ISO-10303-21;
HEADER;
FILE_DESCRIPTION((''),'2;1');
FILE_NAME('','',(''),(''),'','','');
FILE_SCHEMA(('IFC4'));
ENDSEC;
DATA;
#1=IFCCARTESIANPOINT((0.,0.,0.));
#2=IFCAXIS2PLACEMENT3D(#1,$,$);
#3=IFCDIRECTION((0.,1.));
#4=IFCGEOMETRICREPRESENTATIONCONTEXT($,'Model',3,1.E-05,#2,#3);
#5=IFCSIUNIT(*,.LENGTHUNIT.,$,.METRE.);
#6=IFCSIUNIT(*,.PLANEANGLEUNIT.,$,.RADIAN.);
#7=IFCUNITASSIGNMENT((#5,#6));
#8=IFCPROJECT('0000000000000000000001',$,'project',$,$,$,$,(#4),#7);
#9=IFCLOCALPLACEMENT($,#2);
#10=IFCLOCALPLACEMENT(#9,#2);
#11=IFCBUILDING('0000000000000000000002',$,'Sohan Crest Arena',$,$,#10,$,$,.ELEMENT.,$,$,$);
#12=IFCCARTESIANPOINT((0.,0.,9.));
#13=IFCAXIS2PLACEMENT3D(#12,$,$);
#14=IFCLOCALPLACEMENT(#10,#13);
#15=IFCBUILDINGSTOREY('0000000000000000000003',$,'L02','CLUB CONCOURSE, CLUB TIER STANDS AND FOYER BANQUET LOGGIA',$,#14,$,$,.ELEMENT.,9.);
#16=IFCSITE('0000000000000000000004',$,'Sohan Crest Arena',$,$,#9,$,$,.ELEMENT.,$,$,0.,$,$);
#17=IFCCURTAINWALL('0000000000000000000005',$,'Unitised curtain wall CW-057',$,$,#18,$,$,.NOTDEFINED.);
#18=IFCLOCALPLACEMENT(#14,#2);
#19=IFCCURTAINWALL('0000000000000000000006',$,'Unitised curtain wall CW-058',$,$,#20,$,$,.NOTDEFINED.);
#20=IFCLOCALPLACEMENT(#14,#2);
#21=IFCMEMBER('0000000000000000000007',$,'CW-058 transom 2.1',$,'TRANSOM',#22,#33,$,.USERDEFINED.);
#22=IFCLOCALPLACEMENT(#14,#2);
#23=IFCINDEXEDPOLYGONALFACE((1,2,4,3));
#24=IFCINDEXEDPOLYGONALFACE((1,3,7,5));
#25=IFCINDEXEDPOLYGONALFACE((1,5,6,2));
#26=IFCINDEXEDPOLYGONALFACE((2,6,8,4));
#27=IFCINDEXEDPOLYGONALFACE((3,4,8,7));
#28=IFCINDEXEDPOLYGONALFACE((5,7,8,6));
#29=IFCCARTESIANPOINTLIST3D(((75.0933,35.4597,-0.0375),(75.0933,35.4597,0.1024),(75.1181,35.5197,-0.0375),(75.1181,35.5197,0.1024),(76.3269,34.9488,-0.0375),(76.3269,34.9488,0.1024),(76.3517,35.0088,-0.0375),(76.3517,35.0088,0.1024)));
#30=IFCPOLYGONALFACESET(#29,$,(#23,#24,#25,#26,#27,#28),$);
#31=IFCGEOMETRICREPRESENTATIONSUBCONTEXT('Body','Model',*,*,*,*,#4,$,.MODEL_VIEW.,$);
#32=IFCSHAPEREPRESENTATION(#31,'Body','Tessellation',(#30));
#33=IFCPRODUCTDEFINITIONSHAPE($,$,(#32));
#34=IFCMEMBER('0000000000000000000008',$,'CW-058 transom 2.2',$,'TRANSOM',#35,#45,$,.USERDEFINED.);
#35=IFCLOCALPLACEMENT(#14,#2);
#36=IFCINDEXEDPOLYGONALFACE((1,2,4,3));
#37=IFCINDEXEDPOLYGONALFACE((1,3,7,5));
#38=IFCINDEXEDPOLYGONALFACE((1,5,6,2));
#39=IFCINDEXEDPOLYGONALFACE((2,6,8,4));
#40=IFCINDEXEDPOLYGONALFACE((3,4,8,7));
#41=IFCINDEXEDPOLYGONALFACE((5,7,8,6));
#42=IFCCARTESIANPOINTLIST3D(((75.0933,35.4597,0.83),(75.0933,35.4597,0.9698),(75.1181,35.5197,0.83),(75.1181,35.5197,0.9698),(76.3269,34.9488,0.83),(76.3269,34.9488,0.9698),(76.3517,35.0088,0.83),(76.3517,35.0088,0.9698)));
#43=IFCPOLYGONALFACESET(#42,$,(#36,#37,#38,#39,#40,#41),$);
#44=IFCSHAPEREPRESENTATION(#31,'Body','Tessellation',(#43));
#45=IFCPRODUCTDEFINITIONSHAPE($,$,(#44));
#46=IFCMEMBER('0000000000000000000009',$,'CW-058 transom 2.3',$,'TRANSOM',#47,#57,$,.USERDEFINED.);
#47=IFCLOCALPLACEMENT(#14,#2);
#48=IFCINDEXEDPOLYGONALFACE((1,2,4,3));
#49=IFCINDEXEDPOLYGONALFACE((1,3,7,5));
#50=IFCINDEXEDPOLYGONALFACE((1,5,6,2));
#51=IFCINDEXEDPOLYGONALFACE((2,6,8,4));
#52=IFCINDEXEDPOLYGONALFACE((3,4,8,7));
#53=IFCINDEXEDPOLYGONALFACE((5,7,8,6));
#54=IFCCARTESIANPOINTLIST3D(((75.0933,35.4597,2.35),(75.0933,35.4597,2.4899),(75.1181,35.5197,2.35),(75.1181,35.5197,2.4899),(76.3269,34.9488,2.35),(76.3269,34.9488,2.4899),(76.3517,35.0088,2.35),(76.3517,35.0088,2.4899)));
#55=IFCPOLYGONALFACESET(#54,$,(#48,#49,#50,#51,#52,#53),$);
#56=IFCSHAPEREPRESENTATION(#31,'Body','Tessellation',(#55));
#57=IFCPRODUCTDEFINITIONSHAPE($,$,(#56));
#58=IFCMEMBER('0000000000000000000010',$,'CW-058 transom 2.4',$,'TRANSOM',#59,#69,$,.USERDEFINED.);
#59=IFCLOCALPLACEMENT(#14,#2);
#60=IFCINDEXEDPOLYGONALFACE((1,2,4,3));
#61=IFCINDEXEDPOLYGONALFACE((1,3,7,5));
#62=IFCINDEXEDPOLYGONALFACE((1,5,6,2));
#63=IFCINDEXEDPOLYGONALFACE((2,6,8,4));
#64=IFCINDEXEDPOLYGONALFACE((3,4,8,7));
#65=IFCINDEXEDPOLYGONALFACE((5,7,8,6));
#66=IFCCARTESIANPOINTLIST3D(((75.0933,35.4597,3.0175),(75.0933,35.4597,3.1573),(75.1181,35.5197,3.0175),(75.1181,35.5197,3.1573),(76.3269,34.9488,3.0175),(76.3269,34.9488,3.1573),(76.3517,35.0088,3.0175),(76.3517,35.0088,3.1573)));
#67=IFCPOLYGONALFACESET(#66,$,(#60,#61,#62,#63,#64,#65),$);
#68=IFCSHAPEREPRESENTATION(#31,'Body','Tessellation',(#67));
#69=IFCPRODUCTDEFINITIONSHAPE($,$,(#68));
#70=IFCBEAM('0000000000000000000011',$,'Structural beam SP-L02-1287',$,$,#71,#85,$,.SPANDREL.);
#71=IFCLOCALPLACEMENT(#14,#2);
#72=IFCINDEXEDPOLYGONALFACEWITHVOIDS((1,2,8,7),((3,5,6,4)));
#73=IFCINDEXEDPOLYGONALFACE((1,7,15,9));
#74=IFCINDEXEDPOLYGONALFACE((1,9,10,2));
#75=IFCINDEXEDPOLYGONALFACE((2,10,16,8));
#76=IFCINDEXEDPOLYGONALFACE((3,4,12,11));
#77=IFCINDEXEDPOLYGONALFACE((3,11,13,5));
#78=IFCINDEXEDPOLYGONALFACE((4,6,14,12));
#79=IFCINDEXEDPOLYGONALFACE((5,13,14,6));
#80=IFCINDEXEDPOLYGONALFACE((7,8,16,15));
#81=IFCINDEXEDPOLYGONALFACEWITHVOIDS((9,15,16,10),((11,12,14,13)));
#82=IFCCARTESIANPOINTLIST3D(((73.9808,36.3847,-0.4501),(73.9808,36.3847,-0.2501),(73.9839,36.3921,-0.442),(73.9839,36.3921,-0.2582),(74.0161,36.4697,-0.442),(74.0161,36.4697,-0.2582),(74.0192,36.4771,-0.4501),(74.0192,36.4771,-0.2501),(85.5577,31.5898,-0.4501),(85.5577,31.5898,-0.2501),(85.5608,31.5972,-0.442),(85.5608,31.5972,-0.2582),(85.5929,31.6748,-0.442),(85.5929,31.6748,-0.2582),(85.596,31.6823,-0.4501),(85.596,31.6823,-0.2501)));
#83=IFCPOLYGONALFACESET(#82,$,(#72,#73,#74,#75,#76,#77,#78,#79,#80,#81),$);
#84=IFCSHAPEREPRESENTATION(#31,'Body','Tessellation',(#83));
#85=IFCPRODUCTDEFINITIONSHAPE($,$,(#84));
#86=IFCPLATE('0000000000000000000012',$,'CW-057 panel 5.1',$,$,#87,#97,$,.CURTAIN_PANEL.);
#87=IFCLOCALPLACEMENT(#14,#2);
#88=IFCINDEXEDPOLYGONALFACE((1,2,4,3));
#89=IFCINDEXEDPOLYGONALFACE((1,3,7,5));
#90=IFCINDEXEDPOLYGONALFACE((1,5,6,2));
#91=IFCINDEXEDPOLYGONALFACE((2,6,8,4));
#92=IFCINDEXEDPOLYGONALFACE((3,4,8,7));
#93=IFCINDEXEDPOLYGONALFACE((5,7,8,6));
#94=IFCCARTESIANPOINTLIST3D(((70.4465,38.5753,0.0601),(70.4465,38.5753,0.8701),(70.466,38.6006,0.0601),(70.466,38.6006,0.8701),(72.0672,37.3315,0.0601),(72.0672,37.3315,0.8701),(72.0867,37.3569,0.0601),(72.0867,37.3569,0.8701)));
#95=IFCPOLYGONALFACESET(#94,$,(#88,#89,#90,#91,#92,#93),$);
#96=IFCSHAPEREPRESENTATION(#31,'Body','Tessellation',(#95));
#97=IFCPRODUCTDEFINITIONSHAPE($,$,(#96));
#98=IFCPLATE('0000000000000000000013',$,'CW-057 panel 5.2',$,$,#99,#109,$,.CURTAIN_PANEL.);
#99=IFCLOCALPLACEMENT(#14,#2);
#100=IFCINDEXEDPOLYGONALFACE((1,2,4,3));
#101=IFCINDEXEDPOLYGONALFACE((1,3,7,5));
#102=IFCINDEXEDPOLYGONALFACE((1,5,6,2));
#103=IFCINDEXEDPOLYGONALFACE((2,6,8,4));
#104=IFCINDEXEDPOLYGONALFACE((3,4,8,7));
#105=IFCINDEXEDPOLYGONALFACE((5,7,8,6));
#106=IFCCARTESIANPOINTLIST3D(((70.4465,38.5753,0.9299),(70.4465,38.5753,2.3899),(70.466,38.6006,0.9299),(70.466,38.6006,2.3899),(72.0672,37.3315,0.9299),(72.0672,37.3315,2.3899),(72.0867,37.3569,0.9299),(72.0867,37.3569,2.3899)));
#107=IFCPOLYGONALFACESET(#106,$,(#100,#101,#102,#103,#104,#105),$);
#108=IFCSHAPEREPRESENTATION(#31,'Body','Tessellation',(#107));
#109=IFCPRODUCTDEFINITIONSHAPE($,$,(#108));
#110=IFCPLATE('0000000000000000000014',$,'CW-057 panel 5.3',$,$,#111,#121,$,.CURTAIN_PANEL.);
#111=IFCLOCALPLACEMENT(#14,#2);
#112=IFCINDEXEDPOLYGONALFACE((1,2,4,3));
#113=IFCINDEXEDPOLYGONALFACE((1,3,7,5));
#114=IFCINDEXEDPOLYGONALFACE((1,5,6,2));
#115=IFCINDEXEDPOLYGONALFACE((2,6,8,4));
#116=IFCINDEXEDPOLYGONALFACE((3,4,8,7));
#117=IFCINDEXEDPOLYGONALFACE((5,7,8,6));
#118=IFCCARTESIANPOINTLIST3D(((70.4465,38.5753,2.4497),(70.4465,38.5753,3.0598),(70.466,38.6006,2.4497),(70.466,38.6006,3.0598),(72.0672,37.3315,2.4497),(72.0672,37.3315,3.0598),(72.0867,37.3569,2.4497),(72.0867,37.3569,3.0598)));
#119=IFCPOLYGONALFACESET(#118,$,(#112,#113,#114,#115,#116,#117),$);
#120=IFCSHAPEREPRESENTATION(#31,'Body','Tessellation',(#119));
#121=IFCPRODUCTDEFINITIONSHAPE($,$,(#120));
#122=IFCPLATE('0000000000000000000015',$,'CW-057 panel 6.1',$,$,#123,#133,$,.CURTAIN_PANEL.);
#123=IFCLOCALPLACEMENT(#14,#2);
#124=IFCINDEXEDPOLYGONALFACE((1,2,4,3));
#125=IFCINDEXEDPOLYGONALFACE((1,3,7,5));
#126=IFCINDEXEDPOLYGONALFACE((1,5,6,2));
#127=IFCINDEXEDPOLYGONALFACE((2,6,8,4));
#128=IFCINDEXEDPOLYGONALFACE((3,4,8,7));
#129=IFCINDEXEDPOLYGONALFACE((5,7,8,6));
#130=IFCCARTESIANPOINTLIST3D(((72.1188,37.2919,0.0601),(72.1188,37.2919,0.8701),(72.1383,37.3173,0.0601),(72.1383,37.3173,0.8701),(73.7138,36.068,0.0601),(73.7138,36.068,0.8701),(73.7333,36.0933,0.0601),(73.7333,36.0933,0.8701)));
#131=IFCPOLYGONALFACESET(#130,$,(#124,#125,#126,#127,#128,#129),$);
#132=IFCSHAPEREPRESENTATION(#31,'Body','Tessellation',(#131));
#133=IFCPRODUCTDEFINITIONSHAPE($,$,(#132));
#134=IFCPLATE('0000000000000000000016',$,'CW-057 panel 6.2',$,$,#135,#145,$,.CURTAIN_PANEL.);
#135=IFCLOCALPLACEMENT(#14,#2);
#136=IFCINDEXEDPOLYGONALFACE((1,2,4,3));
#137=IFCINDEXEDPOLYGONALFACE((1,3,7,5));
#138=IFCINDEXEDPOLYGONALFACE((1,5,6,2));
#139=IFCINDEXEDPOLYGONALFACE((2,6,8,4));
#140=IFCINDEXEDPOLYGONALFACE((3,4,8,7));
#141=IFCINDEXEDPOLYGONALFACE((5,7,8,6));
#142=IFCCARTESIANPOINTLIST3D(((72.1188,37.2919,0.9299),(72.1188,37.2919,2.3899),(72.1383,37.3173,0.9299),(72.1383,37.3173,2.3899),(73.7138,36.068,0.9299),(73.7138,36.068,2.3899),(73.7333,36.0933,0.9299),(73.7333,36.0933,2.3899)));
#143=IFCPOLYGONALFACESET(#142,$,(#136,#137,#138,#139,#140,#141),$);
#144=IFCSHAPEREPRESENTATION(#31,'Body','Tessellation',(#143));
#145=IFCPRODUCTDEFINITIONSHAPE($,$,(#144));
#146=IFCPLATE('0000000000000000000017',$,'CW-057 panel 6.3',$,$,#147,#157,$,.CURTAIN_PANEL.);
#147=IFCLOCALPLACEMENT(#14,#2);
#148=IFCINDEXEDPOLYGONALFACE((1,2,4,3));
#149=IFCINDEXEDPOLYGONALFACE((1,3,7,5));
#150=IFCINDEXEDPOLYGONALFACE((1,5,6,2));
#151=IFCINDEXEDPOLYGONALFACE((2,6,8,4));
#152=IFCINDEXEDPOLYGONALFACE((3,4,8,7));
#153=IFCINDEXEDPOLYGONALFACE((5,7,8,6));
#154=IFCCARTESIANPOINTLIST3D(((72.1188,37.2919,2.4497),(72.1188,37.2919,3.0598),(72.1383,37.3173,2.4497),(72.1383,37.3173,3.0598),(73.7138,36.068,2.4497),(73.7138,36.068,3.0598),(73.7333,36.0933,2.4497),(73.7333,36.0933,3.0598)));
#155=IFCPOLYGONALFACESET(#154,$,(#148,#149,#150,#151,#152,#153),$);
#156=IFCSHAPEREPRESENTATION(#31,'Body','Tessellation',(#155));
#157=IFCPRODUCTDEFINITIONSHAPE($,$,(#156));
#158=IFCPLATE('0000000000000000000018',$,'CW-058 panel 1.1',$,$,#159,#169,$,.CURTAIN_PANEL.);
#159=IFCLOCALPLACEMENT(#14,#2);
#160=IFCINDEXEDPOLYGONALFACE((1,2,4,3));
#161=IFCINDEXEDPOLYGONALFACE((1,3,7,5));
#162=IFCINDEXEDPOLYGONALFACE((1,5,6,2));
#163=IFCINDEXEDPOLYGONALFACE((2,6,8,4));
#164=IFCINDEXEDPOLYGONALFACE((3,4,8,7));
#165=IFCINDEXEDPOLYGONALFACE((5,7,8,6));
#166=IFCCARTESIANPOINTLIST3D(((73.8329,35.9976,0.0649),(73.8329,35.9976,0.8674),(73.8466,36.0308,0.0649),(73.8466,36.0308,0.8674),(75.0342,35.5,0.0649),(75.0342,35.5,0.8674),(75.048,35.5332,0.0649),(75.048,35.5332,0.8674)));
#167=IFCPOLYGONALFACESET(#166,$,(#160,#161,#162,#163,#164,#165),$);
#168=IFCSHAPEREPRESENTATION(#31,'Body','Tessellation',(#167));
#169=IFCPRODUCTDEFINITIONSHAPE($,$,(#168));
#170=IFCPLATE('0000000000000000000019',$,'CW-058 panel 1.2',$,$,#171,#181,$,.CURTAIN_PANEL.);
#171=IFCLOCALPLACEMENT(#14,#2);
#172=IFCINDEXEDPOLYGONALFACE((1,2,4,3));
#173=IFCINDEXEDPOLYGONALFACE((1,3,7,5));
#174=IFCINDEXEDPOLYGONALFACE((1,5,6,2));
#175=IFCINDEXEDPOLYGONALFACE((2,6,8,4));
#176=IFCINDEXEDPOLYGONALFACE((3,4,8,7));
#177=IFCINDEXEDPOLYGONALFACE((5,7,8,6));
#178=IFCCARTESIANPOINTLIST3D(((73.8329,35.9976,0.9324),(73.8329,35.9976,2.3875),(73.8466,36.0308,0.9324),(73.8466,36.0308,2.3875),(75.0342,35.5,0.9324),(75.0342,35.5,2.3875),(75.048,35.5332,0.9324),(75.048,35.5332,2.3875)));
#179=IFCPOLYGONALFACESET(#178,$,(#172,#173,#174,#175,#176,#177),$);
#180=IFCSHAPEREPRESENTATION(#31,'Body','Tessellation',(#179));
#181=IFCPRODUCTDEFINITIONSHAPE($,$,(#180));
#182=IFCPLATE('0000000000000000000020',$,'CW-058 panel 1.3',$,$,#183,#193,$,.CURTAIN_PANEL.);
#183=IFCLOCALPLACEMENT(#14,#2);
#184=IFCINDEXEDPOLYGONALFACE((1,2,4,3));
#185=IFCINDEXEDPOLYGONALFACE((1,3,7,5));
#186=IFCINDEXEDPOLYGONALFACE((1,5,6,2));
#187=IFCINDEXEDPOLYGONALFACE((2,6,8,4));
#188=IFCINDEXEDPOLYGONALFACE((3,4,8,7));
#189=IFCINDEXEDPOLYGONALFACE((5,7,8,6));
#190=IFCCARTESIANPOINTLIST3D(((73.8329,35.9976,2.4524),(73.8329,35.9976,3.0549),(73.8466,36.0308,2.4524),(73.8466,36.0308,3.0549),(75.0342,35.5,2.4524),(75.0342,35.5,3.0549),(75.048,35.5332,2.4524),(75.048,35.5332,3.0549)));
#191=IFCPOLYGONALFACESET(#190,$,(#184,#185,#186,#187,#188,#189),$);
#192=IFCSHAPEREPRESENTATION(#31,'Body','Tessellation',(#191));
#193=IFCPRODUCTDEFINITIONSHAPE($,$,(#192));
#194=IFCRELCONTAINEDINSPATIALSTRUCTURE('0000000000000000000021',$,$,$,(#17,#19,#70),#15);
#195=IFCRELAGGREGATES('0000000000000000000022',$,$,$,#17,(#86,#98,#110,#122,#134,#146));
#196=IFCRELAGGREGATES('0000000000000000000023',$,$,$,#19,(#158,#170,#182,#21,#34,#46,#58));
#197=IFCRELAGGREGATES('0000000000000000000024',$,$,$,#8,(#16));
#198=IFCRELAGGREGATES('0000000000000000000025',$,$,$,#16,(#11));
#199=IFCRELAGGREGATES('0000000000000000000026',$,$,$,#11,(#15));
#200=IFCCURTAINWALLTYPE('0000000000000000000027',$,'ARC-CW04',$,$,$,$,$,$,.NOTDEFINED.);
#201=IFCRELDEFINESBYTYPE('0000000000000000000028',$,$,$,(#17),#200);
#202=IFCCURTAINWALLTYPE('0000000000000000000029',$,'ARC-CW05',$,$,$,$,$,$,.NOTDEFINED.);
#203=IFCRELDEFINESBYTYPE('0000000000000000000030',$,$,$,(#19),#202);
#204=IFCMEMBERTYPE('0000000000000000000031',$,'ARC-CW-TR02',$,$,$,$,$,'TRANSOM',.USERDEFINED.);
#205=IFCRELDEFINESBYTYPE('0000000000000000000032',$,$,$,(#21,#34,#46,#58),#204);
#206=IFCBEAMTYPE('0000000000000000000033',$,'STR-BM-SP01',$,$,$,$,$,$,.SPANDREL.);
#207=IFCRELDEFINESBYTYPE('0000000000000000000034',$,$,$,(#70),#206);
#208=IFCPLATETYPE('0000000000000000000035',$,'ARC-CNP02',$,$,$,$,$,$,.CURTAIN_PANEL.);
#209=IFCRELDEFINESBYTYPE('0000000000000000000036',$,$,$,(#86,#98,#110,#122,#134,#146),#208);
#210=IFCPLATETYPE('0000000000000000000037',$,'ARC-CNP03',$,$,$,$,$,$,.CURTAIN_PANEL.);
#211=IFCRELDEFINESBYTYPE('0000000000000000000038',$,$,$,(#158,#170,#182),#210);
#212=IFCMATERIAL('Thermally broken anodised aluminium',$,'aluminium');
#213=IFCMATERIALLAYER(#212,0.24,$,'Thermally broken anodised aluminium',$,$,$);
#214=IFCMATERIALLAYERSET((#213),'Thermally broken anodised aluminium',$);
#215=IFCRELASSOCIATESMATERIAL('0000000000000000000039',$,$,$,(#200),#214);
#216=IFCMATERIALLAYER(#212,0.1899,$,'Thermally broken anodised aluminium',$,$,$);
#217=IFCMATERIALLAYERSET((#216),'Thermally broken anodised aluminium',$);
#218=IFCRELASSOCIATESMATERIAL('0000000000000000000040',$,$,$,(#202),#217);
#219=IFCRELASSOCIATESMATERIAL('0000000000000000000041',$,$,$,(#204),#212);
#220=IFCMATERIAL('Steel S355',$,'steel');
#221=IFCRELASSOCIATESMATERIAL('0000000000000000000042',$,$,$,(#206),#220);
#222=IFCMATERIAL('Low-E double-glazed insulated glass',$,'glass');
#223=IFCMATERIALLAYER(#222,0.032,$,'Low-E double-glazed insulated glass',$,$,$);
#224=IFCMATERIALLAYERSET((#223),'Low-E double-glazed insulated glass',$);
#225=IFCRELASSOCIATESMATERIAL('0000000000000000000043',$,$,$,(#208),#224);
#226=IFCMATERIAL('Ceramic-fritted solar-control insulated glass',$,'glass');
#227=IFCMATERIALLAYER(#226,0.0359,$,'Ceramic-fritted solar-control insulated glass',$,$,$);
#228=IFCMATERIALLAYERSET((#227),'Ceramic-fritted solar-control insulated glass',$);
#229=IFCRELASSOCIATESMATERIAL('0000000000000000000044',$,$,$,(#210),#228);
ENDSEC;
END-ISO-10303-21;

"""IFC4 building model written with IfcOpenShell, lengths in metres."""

from ifc_helpers import new_model, si_unit, direction, frame, origin, origin_2d, place, context, subcontext, project, spatial, rectangle, hollow_rectangle, extrude, material, layer, layer_set, material_profile, profile_set, type_object, element, aggregate, save


model = new_model("IFC4")

# Units and contexts
model_context = context("Model", 3, precision=1e-05, world=origin(), true_north=direction((0.0, 1.0)))
body_context = subcontext(model_context, "Body", "Model", "MODEL_VIEW")
ifc_project = project(units=[si_unit("LENGTHUNIT", "METRE"), si_unit("PLANEANGLEUNIT", "RADIAN")], contexts=[model_context])

# Site, building, storey
site_placement = place(None, origin())
site = spatial("IfcSite", under=ifc_project, at=site_placement, Name="Sohan Crest Arena", CompositionType="ELEMENT", RefElevation=0.0)
building_placement = place(site_placement, origin())
building = spatial("IfcBuilding", under=site, at=building_placement, Name="Sohan Crest Arena", CompositionType="ELEMENT")
storey_placement = place(building_placement, frame((0.0, 0.0, 9.0)))
storey = spatial("IfcBuildingStorey", under=building, at=storey_placement, Name="L02", Description="CLUB CONCOURSE, CLUB TIER STANDS AND FOYER BANQUET LOGGIA", CompositionType="ELEMENT", Elevation=9.0)

# Shared definitions
ifc_material_1 = material(Name="Steel S355", Category="steel")

# Curtain walls
ifc_material_2 = material(Name="Thermally broken anodised aluminium", Category="aluminium")
ifc_layer_1 = layer(ifc_material_2, 0.24, Name="Thermally broken anodised aluminium")
ifc_layer_set_1 = layer_set([ifc_layer_1], Name="Thermally broken anodised aluminium")
curtain_wall_type_1 = type_object("IfcCurtainWallType", Name="ARC-CW04", PredefinedType="NOTDEFINED", material=ifc_layer_set_1)
curtain_wall_1_placement = place(storey_placement, origin())
curtain_wall_1 = element("IfcCurtainWall", 1, at=curtain_wall_1_placement, inside=storey, type_object=curtain_wall_type_1, Name="Unitised curtain wall CW-057", PredefinedType="NOTDEFINED")
ifc_layer_2 = layer(ifc_material_2, 0.1899, Name="Thermally broken anodised aluminium")
ifc_layer_set_2 = layer_set([ifc_layer_2], Name="Thermally broken anodised aluminium")
curtain_wall_type_2 = type_object("IfcCurtainWallType", Name="ARC-CW05", PredefinedType="NOTDEFINED", material=ifc_layer_set_2)
curtain_wall_2_placement = place(storey_placement, origin())
curtain_wall_2 = element("IfcCurtainWall", 2, at=curtain_wall_2_placement, inside=storey, type_object=curtain_wall_type_2, Name="Unitised curtain wall CW-058", PredefinedType="NOTDEFINED")

# Members
ifc_material_profile_1 = material_profile(ifc_material_2, rectangle(XDim=0.0649, YDim=0.1399, at=origin_2d()), Name="ALU-TRAN 65x140")
ifc_profile_set_1 = profile_set([ifc_material_profile_1], Name="Thermally broken anodised aluminium")
member_type_1 = type_object("IfcMemberType", Name="ARC-CW-TR02", ElementType="TRANSOM", PredefinedType="USERDEFINED", material=ifc_profile_set_1)
member_1_placement = place(storey_placement, frame((75.1057, 35.4897, 0.0325), z_axis=(0.923881, -0.38268, 0.0), x_axis=(0.38268, 0.923881, 0.0)))
member_1 = element("IfcMember", 3, at=member_1_placement, type_object=member_type_1, Name="CW-058 transom 2.1", ObjectType="TRANSOM", PredefinedType="USERDEFINED", context=body_context, shape_type="SweptSolid", body=[
    extrude(rectangle(XDim=0.0649, YDim=0.1399, at=origin_2d()), origin(), (0.0, 0.0, 1.0), 1.3352),
])
member_2_placement = place(storey_placement, frame((75.1057, 35.4897, 0.8999), z_axis=(0.923881, -0.38268, 0.0), x_axis=(0.38268, 0.923881, 0.0)))
member_2 = element("IfcMember", 4, at=member_2_placement, type_object=member_type_1, Name="CW-058 transom 2.2", ObjectType="TRANSOM", PredefinedType="USERDEFINED", context=body_context, shape_type="SweptSolid", body=[
    extrude(rectangle(XDim=0.0649, YDim=0.1399, at=origin_2d()), origin(), (0.0, 0.0, 1.0), 1.3352),
])
member_3_placement = place(storey_placement, frame((75.1057, 35.4897, 2.4199), z_axis=(0.923881, -0.38268, 0.0), x_axis=(0.38268, 0.923881, 0.0)))
member_3 = element("IfcMember", 5, at=member_3_placement, type_object=member_type_1, Name="CW-058 transom 2.3", ObjectType="TRANSOM", PredefinedType="USERDEFINED", context=body_context, shape_type="SweptSolid", body=[
    extrude(rectangle(XDim=0.0649, YDim=0.1399, at=origin_2d()), origin(), (0.0, 0.0, 1.0), 1.3352),
])
member_4_placement = place(storey_placement, frame((75.1057, 35.4897, 3.0874), z_axis=(0.923881, -0.38268, 0.0), x_axis=(0.38268, 0.923881, 0.0)))
member_4 = element("IfcMember", 6, at=member_4_placement, type_object=member_type_1, Name="CW-058 transom 2.4", ObjectType="TRANSOM", PredefinedType="USERDEFINED", context=body_context, shape_type="SweptSolid", body=[
    extrude(rectangle(XDim=0.0649, YDim=0.1399, at=origin_2d()), origin(), (0.0, 0.0, 1.0), 1.3352),
])

# Beam
ifc_material_profile_2 = material_profile(ifc_material_1, hollow_rectangle(XDim=0.1001, YDim=0.2, WallThickness=0.0081, at=origin_2d()), Name="RHS 200x100x8")
ifc_profile_set_2 = profile_set([ifc_material_profile_2], Name="Steel S355")
beam_type = type_object("IfcBeamType", Name="STR-BM-SP01", PredefinedType="SPANDREL", material=ifc_profile_set_2)
beam_placement = place(storey_placement, frame((74.0, 36.4309, -0.3501), z_axis=(0.923891, -0.382657, 0.0), x_axis=(0.382657, 0.923891, 0.0)))
element("IfcBeam", 7, at=beam_placement, inside=storey, type_object=beam_type, Name="Structural beam SP-L02-1287", PredefinedType="SPANDREL", context=body_context, shape_type="SweptSolid", body=[
    extrude(hollow_rectangle(XDim=0.1001, YDim=0.2, WallThickness=0.0081, at=origin_2d()), origin(), (0.0, 0.0, 1.0), 12.5305),
])

# Plates
ifc_material_3 = material(Name="Low-E double-glazed insulated glass", Category="glass")
ifc_layer_3 = layer(ifc_material_3, 0.032, Name="Low-E double-glazed insulated glass")
ifc_layer_set_3 = layer_set([ifc_layer_3], Name="Low-E double-glazed insulated glass")
plate_type_1 = type_object("IfcPlateType", Name="ARC-CNP02", PredefinedType="CURTAIN_PANEL", material=ifc_layer_set_3)
plate_1_placement = place(storey_placement, frame((71.2666, 37.9661, 0.0601), z_axis=(0.0, 0.0, 1.0), x_axis=(0.793329, -0.608793, 0.0)))
plate_1 = element("IfcPlate", 8, at=plate_1_placement, type_object=plate_type_1, Name="CW-057 panel 5.1", PredefinedType="CURTAIN_PANEL", context=body_context, shape_type="SweptSolid", body=[
    extrude(rectangle(XDim=2.043, YDim=0.032, at=origin_2d()), origin(), (0.0, 0.0, 1.0), 0.8101),
])
plate_2_placement = place(storey_placement, frame((71.2666, 37.9661, 0.9299), z_axis=(0.0, 0.0, 1.0), x_axis=(0.793329, -0.608793, 0.0)))
plate_2 = element("IfcPlate", 9, at=plate_2_placement, type_object=plate_type_1, Name="CW-057 panel 5.2", PredefinedType="CURTAIN_PANEL", context=body_context, shape_type="SweptSolid", body=[
    extrude(rectangle(XDim=2.043, YDim=0.032, at=origin_2d()), origin(), (0.0, 0.0, 1.0), 1.46),
])
plate_3_placement = place(storey_placement, frame((71.2666, 37.9661, 2.4497), z_axis=(0.0, 0.0, 1.0), x_axis=(0.793329, -0.608793, 0.0)))
plate_3 = element("IfcPlate", 10, at=plate_3_placement, type_object=plate_type_1, Name="CW-057 panel 5.3", PredefinedType="CURTAIN_PANEL", context=body_context, shape_type="SweptSolid", body=[
    extrude(rectangle(XDim=2.043, YDim=0.032, at=origin_2d()), origin(), (0.0, 0.0, 1.0), 0.6101),
])
plate_4_placement = place(storey_placement, frame((72.926, 36.6926, 0.0601), z_axis=(0.0, 0.0, 1.0), x_axis=(0.793329, -0.608793, 0.0)))
plate_4 = element("IfcPlate", 11, at=plate_4_placement, type_object=plate_type_1, Name="CW-057 panel 6.1", PredefinedType="CURTAIN_PANEL", context=body_context, shape_type="SweptSolid", body=[
    extrude(rectangle(XDim=2.0105, YDim=0.032, at=origin_2d()), origin(), (0.0, 0.0, 1.0), 0.8101),
])
plate_5_placement = place(storey_placement, frame((72.926, 36.6926, 0.9299), z_axis=(0.0, 0.0, 1.0), x_axis=(0.793329, -0.608793, 0.0)))
plate_5 = element("IfcPlate", 12, at=plate_5_placement, type_object=plate_type_1, Name="CW-057 panel 6.2", PredefinedType="CURTAIN_PANEL", context=body_context, shape_type="SweptSolid", body=[
    extrude(rectangle(XDim=2.0105, YDim=0.032, at=origin_2d()), origin(), (0.0, 0.0, 1.0), 1.46),
])
plate_6_placement = place(storey_placement, frame((72.926, 36.6926, 2.4497), z_axis=(0.0, 0.0, 1.0), x_axis=(0.793329, -0.608793, 0.0)))
plate_6 = element("IfcPlate", 13, at=plate_6_placement, type_object=plate_type_1, Name="CW-057 panel 6.3", PredefinedType="CURTAIN_PANEL", context=body_context, shape_type="SweptSolid", body=[
    extrude(rectangle(XDim=2.0105, YDim=0.032, at=origin_2d()), origin(), (0.0, 0.0, 1.0), 0.6101),
])
aggregate(curtain_wall_1, [plate_1, plate_2, plate_3, plate_4, plate_5, plate_6])
ifc_material_4 = material(Name="Ceramic-fritted solar-control insulated glass", Category="glass")
ifc_layer_4 = layer(ifc_material_4, 0.0359, Name="Ceramic-fritted solar-control insulated glass")
ifc_layer_set_4 = layer_set([ifc_layer_4], Name="Ceramic-fritted solar-control insulated glass")
plate_type_2 = type_object("IfcPlateType", Name="ARC-CNP03", PredefinedType="CURTAIN_PANEL", material=ifc_layer_set_4)
plate_7_placement = place(storey_placement, frame((74.4404, 35.7654, 0.0649), z_axis=(0.0, 0.0, 1.0), x_axis=(0.923882, -0.382678, 0.0)))
plate_7 = element("IfcPlate", 14, at=plate_7_placement, type_object=plate_type_2, Name="CW-058 panel 1.1", PredefinedType="CURTAIN_PANEL", context=body_context, shape_type="SweptSolid", body=[
    extrude(rectangle(XDim=1.3003, YDim=0.0359, at=origin_2d()), origin(), (0.0, 0.0, 1.0), 0.8025),
])
plate_8_placement = place(storey_placement, frame((74.4404, 35.7654, 0.9324), z_axis=(0.0, 0.0, 1.0), x_axis=(0.923882, -0.382678, 0.0)))
plate_8 = element("IfcPlate", 15, at=plate_8_placement, type_object=plate_type_2, Name="CW-058 panel 1.2", PredefinedType="CURTAIN_PANEL", context=body_context, shape_type="SweptSolid", body=[
    extrude(rectangle(XDim=1.3003, YDim=0.0359, at=origin_2d()), origin(), (0.0, 0.0, 1.0), 1.4551),
])
plate_9_placement = place(storey_placement, frame((74.4404, 35.7654, 2.4524), z_axis=(0.0, 0.0, 1.0), x_axis=(0.923882, -0.382678, 0.0)))
plate_9 = element("IfcPlate", 16, at=plate_9_placement, type_object=plate_type_2, Name="CW-058 panel 1.3", PredefinedType="CURTAIN_PANEL", context=body_context, shape_type="SweptSolid", body=[
    extrude(rectangle(XDim=1.3003, YDim=0.0359, at=origin_2d()), origin(), (0.0, 0.0, 1.0), 0.6025),
])
aggregate(curtain_wall_2, [plate_7, plate_8, plate_9, member_1, member_2, member_3, member_4])

save(model, "model.ifc")
